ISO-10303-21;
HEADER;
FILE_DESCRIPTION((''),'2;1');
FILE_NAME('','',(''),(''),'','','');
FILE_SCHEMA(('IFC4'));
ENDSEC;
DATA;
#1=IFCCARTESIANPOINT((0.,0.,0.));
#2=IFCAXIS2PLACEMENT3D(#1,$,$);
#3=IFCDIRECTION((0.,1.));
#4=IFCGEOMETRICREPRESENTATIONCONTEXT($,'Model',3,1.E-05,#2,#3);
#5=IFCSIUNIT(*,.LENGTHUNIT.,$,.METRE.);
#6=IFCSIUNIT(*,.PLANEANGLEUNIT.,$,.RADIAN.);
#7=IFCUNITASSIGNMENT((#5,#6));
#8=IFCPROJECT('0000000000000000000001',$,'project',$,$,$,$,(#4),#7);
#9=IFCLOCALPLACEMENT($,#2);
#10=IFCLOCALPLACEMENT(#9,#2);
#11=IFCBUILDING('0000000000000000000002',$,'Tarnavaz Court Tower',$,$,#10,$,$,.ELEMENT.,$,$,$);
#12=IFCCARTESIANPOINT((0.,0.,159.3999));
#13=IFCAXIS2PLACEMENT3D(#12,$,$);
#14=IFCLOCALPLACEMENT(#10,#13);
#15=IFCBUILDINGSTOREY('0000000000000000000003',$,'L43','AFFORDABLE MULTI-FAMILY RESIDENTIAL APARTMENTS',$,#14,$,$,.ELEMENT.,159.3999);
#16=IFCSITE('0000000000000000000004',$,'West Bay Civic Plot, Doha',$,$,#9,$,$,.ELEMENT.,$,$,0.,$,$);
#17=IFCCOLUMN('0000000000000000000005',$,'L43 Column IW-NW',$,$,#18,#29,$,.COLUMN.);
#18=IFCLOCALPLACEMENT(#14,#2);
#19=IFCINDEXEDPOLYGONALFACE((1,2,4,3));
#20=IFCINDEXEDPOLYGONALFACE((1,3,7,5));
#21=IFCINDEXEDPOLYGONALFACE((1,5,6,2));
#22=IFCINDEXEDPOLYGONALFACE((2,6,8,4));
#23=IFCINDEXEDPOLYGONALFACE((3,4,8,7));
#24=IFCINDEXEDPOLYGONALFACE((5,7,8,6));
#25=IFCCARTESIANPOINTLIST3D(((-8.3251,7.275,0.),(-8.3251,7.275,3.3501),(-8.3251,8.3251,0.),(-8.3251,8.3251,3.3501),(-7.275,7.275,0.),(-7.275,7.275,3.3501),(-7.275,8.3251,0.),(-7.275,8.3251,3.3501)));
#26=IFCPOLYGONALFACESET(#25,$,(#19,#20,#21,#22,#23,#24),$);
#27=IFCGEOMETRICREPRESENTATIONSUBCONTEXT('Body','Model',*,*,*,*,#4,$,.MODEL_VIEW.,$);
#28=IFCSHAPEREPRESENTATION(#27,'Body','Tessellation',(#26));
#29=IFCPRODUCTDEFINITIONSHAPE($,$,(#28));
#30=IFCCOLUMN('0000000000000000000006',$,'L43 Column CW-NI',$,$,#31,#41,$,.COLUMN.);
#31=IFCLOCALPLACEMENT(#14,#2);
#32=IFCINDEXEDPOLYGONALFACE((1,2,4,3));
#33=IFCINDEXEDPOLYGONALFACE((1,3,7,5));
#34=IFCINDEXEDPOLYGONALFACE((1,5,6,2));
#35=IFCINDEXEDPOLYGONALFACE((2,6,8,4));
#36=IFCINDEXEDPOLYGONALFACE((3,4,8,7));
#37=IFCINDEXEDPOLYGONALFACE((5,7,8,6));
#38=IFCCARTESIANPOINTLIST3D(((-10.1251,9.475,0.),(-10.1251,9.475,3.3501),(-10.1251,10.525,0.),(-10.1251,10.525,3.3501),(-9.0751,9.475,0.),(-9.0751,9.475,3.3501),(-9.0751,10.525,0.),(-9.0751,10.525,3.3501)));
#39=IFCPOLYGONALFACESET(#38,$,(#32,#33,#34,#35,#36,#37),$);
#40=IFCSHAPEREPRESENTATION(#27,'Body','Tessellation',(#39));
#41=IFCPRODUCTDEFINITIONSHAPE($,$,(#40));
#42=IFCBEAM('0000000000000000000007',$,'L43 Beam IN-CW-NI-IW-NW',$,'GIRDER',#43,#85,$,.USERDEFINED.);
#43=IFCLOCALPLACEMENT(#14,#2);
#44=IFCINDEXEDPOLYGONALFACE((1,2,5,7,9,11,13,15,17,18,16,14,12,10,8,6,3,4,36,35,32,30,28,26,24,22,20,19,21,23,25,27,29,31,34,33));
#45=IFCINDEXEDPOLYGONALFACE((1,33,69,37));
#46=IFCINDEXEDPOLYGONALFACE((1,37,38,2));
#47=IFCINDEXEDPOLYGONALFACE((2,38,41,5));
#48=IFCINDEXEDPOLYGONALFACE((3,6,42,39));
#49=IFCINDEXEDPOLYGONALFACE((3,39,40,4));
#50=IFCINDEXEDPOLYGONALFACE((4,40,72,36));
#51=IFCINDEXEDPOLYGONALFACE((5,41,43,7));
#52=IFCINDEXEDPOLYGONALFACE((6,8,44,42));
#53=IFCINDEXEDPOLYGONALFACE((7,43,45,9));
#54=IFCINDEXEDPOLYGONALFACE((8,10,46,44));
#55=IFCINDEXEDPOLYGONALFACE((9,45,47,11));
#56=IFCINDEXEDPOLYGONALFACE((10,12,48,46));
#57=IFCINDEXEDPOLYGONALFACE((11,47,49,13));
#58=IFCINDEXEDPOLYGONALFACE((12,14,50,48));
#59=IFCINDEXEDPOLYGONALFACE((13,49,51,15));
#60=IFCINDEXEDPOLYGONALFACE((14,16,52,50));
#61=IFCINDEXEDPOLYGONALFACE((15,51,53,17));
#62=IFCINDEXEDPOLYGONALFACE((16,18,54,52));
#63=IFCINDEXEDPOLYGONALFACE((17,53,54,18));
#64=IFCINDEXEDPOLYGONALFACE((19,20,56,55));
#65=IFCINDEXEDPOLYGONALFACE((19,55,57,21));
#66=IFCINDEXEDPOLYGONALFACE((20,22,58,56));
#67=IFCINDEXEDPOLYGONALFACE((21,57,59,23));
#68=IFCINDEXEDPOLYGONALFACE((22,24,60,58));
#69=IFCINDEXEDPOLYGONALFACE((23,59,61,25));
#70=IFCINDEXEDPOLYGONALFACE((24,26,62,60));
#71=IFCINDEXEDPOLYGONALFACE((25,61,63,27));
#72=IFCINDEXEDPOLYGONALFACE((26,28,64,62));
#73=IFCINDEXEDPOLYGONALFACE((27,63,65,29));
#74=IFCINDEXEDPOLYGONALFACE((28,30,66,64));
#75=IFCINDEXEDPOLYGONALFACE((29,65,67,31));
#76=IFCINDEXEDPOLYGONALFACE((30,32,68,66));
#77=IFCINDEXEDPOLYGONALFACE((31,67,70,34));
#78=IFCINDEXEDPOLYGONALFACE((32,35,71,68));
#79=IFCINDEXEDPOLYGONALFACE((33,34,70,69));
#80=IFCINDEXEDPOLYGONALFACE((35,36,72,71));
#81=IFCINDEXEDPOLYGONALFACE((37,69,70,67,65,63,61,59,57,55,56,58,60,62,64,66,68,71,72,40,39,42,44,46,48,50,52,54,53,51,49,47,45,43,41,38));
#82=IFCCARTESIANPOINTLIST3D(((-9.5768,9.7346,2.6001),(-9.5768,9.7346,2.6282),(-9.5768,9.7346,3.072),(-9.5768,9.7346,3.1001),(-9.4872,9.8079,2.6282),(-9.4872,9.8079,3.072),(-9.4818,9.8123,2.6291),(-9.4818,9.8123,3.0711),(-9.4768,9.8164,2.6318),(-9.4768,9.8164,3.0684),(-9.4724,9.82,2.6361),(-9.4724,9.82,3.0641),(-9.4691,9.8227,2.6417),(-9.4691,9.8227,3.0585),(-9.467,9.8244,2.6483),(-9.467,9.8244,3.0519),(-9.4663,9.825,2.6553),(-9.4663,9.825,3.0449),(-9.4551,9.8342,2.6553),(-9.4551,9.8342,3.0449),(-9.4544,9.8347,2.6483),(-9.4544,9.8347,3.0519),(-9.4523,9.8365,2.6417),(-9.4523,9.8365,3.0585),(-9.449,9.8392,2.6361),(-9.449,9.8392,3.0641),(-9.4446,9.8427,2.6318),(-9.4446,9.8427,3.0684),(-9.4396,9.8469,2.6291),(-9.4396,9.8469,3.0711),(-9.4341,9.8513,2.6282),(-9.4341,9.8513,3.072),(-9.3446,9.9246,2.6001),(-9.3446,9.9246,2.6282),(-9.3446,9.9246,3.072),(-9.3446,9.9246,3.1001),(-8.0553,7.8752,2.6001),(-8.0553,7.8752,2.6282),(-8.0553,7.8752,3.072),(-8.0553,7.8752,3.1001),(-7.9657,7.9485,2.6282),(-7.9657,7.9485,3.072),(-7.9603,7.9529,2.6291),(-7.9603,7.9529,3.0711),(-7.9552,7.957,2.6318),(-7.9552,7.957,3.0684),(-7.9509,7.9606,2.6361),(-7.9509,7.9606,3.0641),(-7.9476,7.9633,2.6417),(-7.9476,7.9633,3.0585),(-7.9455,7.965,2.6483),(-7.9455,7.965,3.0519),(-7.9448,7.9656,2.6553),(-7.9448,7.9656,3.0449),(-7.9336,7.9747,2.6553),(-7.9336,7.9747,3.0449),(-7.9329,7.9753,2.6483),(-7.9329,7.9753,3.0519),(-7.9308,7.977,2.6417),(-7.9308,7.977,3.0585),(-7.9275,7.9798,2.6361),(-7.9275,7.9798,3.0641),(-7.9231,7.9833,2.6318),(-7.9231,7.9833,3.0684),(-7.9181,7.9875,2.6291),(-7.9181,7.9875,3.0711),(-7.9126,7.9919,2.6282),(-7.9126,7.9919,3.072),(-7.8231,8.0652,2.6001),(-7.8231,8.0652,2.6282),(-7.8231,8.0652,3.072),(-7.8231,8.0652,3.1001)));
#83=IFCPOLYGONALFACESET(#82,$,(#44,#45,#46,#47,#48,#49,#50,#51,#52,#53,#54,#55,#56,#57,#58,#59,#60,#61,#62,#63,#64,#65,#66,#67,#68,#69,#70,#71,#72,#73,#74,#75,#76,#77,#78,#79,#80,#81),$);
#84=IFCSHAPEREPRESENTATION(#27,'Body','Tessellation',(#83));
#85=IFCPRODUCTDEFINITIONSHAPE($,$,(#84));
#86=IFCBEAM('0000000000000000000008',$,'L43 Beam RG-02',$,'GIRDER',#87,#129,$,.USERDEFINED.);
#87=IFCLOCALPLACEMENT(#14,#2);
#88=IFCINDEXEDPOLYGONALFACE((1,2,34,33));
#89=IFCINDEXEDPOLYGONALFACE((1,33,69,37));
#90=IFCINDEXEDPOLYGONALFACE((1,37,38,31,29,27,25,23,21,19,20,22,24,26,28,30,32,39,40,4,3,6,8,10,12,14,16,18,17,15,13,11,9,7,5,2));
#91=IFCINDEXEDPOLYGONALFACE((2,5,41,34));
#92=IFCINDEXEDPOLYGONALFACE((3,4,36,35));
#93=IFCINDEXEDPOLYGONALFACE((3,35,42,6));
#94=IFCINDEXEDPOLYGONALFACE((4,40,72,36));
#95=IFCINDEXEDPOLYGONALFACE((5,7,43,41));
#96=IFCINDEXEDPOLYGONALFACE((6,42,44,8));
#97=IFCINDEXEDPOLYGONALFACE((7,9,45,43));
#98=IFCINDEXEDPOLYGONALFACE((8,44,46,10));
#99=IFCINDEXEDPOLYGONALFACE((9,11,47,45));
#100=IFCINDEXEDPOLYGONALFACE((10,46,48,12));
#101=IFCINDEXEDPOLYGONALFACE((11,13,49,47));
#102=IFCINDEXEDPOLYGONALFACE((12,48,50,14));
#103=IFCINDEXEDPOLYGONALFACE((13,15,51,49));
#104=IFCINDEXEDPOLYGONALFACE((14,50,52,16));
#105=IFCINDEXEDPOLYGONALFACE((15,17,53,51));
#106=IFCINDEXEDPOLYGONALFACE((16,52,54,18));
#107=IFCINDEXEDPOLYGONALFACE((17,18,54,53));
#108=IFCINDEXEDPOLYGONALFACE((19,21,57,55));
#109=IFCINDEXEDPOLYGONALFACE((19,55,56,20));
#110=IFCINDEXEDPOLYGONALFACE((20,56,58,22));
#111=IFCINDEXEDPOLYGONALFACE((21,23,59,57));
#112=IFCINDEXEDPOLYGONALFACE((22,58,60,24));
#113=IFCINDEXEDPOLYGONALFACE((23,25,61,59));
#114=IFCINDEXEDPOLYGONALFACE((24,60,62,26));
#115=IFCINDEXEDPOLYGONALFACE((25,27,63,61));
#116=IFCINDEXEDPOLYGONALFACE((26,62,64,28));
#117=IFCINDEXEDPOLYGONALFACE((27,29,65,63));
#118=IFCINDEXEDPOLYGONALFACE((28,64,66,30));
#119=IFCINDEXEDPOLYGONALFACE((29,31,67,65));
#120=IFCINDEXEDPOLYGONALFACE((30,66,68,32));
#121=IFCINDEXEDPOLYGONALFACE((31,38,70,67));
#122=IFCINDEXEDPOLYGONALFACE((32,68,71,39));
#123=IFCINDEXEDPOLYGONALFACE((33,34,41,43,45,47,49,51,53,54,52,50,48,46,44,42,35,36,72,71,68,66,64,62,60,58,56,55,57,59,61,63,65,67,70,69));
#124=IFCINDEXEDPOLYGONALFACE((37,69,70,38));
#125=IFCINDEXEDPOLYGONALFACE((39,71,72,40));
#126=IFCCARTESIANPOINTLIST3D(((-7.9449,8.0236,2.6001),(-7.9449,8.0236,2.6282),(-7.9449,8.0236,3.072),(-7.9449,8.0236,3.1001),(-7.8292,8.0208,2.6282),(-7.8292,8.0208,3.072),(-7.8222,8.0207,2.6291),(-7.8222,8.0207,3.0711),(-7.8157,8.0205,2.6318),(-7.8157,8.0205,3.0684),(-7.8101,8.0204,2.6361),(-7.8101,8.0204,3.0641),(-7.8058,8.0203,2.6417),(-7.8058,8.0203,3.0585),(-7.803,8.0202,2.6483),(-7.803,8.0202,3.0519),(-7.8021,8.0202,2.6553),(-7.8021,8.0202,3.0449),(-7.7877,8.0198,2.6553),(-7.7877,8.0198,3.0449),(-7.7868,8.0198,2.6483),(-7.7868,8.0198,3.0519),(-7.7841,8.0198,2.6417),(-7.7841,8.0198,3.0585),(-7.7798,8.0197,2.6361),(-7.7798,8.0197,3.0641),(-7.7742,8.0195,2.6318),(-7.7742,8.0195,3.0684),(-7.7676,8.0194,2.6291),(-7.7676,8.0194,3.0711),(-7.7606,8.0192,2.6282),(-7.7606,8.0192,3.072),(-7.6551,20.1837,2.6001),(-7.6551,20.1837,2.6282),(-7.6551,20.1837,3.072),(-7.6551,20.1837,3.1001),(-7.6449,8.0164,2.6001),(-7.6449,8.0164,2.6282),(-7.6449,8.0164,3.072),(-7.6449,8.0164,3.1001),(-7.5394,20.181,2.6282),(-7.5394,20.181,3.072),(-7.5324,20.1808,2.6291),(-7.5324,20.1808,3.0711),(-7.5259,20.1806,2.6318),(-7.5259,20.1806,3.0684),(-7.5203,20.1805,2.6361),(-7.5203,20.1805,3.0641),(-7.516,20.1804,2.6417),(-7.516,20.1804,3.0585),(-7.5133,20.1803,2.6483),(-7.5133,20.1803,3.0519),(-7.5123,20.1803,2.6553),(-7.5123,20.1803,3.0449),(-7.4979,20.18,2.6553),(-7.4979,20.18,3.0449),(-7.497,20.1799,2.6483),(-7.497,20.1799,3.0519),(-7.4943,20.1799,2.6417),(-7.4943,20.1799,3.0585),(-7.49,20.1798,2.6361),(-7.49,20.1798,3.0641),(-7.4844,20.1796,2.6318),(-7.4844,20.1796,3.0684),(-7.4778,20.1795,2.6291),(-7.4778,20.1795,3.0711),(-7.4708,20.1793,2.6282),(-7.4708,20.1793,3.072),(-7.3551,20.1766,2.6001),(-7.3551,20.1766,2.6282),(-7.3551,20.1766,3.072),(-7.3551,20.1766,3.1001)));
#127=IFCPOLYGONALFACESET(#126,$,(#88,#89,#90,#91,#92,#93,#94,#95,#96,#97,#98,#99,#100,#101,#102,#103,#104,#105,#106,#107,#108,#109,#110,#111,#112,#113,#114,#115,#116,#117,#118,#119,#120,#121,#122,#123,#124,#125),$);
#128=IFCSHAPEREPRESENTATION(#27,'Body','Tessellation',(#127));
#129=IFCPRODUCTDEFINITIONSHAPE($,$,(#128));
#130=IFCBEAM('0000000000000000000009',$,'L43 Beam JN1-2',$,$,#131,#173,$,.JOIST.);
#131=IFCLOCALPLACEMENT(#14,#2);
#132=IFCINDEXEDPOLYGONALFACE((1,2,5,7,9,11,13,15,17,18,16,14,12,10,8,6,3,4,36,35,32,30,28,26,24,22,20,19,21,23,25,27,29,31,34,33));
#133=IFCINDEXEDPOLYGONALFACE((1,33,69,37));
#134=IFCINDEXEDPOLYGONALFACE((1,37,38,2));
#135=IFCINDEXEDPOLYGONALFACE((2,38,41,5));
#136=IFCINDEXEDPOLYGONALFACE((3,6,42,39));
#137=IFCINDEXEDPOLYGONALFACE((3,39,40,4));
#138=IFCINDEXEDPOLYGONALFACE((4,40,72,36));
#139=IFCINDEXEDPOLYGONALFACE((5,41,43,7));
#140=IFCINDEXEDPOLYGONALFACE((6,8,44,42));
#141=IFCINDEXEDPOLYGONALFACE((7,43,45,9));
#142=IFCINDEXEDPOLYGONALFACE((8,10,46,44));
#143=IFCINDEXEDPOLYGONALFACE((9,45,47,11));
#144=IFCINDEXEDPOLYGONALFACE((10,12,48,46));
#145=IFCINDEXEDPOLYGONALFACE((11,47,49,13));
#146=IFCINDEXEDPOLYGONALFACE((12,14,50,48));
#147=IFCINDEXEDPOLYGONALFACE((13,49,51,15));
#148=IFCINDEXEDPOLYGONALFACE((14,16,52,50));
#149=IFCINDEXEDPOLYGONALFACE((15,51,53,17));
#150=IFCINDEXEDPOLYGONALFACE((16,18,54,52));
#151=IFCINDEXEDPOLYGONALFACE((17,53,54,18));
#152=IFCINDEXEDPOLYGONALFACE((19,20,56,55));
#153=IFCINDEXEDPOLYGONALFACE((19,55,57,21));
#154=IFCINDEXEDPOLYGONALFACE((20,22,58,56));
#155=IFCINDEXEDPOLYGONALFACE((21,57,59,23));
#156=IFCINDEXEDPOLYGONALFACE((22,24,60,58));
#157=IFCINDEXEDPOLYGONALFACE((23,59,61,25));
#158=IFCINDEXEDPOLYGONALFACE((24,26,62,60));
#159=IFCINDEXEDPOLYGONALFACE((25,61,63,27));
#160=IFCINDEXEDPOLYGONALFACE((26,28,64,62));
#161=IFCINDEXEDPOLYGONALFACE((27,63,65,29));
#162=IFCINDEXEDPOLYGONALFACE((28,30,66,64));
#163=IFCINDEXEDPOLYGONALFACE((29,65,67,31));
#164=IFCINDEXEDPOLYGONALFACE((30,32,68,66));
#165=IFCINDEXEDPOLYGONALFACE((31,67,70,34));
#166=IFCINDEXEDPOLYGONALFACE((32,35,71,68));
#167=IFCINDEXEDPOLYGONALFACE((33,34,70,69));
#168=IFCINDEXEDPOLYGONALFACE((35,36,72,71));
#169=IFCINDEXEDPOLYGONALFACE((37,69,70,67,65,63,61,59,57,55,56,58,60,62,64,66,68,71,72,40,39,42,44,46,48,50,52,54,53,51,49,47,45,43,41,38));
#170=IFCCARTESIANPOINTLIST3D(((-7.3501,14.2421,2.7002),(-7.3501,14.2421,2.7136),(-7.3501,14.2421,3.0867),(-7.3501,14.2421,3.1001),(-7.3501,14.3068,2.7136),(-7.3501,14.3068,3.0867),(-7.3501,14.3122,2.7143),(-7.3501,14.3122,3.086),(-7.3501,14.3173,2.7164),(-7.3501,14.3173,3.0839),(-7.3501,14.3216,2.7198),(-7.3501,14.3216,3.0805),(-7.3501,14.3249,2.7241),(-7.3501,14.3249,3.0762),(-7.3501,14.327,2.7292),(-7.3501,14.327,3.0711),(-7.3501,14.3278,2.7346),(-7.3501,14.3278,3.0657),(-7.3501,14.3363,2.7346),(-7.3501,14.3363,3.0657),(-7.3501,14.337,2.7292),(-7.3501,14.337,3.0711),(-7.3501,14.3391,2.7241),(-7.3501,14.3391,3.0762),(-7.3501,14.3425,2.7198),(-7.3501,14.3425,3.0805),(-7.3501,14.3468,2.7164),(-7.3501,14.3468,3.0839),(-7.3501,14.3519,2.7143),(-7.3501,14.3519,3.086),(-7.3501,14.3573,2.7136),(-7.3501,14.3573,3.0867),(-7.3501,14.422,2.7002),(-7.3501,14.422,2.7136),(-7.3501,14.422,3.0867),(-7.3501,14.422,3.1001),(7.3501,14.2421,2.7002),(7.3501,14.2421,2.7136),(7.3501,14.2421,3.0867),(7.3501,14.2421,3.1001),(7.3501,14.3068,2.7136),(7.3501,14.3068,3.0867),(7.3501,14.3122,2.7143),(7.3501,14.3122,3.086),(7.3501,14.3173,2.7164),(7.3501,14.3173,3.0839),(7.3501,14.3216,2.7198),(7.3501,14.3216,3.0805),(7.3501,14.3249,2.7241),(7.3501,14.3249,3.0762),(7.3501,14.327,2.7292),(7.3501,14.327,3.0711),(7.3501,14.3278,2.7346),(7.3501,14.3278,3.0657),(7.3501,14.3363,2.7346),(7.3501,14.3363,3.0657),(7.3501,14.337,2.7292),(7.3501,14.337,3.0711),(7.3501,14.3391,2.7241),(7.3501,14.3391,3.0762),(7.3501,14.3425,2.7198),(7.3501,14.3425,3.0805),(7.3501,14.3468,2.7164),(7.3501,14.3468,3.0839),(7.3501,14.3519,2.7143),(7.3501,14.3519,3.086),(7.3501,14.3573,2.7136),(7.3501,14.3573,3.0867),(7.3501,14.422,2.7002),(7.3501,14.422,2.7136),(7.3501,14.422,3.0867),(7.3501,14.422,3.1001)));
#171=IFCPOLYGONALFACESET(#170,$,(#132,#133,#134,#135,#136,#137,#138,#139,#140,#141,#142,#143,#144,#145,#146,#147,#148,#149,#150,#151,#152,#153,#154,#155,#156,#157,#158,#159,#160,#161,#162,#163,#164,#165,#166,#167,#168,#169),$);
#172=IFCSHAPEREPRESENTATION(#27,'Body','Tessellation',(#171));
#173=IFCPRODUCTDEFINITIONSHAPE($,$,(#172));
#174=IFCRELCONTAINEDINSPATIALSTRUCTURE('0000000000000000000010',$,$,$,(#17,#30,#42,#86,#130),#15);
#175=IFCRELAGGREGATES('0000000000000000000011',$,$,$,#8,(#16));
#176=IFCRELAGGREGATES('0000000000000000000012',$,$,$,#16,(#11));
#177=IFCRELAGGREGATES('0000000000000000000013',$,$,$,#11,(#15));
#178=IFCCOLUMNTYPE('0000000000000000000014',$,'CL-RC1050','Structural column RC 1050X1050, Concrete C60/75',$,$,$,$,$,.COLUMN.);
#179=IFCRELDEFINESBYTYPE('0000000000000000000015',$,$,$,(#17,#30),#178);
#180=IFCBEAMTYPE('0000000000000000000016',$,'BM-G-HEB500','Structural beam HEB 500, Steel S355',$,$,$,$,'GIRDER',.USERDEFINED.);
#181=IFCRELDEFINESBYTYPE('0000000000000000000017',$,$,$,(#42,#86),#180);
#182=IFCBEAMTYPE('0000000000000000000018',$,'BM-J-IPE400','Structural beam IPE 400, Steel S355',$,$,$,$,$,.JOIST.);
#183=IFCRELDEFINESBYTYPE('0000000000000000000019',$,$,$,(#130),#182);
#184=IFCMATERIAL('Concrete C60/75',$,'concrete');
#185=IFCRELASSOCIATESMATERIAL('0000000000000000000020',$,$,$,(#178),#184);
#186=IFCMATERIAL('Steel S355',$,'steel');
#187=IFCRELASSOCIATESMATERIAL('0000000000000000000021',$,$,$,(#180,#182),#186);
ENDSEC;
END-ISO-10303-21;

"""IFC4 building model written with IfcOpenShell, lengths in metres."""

from ifc_helpers import new_model, si_unit, direction, frame, origin, origin_2d, place, context, subcontext, project, spatial, rectangle, i_section, extrude, material, material_profile, profile_set, type_object, element, save


model = new_model("IFC4")

# Units and contexts
model_context = context("Model", 3, precision=1e-05, world=origin(), true_north=direction((0.0, 1.0)))
body_context = subcontext(model_context, "Body", "Model", "MODEL_VIEW")
ifc_project = project(units=[si_unit("LENGTHUNIT", "METRE"), si_unit("PLANEANGLEUNIT", "RADIAN")], contexts=[model_context])

# Site, building, storey
site_placement = place(None, origin())
site = spatial("IfcSite", under=ifc_project, at=site_placement, Name="West Bay Civic Plot, Doha", CompositionType="ELEMENT", RefElevation=0.0)
building_placement = place(site_placement, origin())
building = spatial("IfcBuilding", under=site, at=building_placement, Name="Tarnavaz Court Tower", CompositionType="ELEMENT")
storey_placement = place(building_placement, frame((0.0, 0.0, 159.3999)))
storey = spatial("IfcBuildingStorey", under=building, at=storey_placement, Name="L43", Description="AFFORDABLE MULTI-FAMILY RESIDENTIAL APARTMENTS", CompositionType="ELEMENT", Elevation=159.3999)

# Columns
ifc_material_1 = material(Name="Concrete C60/75", Category="concrete")
ifc_material_profile_1 = material_profile(ifc_material_1, rectangle(XDim=1.05, YDim=1.05, at=origin_2d()), Name="RC 1050X1050")
ifc_profile_set_1 = profile_set([ifc_material_profile_1], Name="Concrete C60/75")
column_type = type_object("IfcColumnType", Name="CL-RC1050", Description="Structural column RC 1050X1050, Concrete C60/75", PredefinedType="COLUMN", material=ifc_profile_set_1)
for number, where, z_axis, x_axis, name in (
    (1, (-7.8, 7.8, 0.0), (0.0, 0.0, 1.0), (1.0, 0.0, 0.0), "L43 Column IW-NW"),
    (2, (-9.6001, 10.0, 0.0), (0.0, 0.0, 1.0), (1.0, 0.0, 0.0), "L43 Column CW-NI"),
):
    element("IfcColumn", number, at=place(storey_placement, frame(where, z_axis=z_axis, x_axis=x_axis)), inside=storey, type_object=column_type, Name=name, PredefinedType="COLUMN", context=body_context, shape_type="SweptSolid", body=[
        extrude(rectangle(XDim=1.05, YDim=1.05, at=origin_2d()), origin(), (0.0, 0.0, 1.0), 3.3501),
    ])

# Beams
ifc_material_2 = material(Name="Steel S355", Category="steel")
ifc_material_profile_2 = material_profile(ifc_material_2, i_section(OverallWidth=0.3, OverallDepth=0.5, WebThickness=0.0144, FlangeThickness=0.0281, FilletRadius=0.0271, at=origin_2d()), Name="HEB 500")
ifc_profile_set_2 = profile_set([ifc_material_profile_2], Name="Steel S355")
beam_type_1 = type_object("IfcBeamType", Name="BM-G-HEB500", Description="Structural beam HEB 500, Steel S355", ElementType="GIRDER", PredefinedType="USERDEFINED", material=ifc_profile_set_2)
beam_1_placement = place(storey_placement, frame((-9.4607, 9.8296, 2.8501), z_axis=(0.633282, -0.773921, 0.0), x_axis=(0.773921, 0.633282, 0.0)))
element("IfcBeam", 3, at=beam_1_placement, inside=storey, type_object=beam_type_1, Name="L43 Beam IN-CW-NI-IW-NW", ObjectType="GIRDER", PredefinedType="USERDEFINED", context=body_context, shape_type="SweptSolid", body=[
    extrude(i_section(OverallWidth=0.3, OverallDepth=0.5, WebThickness=0.0144, FlangeThickness=0.0281, FilletRadius=0.0271, at=origin_2d()), origin(), (0.0, 0.0, 1.0), 2.4026),
])
beam_2_placement = place(storey_placement, frame((-7.7949, 8.02, 2.8501), z_axis=(0.023825, 0.999716, 0.0), x_axis=(-0.999716, 0.023825, 0.0)))
element("IfcBeam", 4, at=beam_2_placement, inside=storey, type_object=beam_type_1, Name="L43 Beam RG-02", ObjectType="GIRDER", PredefinedType="USERDEFINED", context=body_context, shape_type="SweptSolid", body=[
    extrude(i_section(OverallWidth=0.3, OverallDepth=0.5, WebThickness=0.0144, FlangeThickness=0.0281, FilletRadius=0.0271, at=origin_2d()), origin(), (0.0, 0.0, 1.0), 12.1636),
])
ifc_material_profile_3 = material_profile(ifc_material_2, i_section(OverallWidth=0.1799, OverallDepth=0.3999, WebThickness=0.0085, FlangeThickness=0.0134, FilletRadius=0.021, at=origin_2d()), Name="IPE 400")
ifc_profile_set_3 = profile_set([ifc_material_profile_3], Name="Steel S355")
beam_type_2 = type_object("IfcBeamType", Name="BM-J-IPE400", Description="Structural beam IPE 400, Steel S355", PredefinedType="JOIST", material=ifc_profile_set_3)
beam_3_placement = place(storey_placement, frame((-7.3501, 14.332, 2.9001), z_axis=(1.0, 0.0, 0.0), x_axis=(0.0, 1.0, 0.0)))
element("IfcBeam", 5, at=beam_3_placement, inside=storey, type_object=beam_type_2, Name="L43 Beam JN1-2", PredefinedType="JOIST", context=body_context, shape_type="SweptSolid", body=[
    extrude(i_section(OverallWidth=0.1799, OverallDepth=0.3999, WebThickness=0.0085, FlangeThickness=0.0134, FilletRadius=0.021, at=origin_2d()), origin(), (0.0, 0.0, 1.0), 14.7002),
])

save(model, "model.ifc")
